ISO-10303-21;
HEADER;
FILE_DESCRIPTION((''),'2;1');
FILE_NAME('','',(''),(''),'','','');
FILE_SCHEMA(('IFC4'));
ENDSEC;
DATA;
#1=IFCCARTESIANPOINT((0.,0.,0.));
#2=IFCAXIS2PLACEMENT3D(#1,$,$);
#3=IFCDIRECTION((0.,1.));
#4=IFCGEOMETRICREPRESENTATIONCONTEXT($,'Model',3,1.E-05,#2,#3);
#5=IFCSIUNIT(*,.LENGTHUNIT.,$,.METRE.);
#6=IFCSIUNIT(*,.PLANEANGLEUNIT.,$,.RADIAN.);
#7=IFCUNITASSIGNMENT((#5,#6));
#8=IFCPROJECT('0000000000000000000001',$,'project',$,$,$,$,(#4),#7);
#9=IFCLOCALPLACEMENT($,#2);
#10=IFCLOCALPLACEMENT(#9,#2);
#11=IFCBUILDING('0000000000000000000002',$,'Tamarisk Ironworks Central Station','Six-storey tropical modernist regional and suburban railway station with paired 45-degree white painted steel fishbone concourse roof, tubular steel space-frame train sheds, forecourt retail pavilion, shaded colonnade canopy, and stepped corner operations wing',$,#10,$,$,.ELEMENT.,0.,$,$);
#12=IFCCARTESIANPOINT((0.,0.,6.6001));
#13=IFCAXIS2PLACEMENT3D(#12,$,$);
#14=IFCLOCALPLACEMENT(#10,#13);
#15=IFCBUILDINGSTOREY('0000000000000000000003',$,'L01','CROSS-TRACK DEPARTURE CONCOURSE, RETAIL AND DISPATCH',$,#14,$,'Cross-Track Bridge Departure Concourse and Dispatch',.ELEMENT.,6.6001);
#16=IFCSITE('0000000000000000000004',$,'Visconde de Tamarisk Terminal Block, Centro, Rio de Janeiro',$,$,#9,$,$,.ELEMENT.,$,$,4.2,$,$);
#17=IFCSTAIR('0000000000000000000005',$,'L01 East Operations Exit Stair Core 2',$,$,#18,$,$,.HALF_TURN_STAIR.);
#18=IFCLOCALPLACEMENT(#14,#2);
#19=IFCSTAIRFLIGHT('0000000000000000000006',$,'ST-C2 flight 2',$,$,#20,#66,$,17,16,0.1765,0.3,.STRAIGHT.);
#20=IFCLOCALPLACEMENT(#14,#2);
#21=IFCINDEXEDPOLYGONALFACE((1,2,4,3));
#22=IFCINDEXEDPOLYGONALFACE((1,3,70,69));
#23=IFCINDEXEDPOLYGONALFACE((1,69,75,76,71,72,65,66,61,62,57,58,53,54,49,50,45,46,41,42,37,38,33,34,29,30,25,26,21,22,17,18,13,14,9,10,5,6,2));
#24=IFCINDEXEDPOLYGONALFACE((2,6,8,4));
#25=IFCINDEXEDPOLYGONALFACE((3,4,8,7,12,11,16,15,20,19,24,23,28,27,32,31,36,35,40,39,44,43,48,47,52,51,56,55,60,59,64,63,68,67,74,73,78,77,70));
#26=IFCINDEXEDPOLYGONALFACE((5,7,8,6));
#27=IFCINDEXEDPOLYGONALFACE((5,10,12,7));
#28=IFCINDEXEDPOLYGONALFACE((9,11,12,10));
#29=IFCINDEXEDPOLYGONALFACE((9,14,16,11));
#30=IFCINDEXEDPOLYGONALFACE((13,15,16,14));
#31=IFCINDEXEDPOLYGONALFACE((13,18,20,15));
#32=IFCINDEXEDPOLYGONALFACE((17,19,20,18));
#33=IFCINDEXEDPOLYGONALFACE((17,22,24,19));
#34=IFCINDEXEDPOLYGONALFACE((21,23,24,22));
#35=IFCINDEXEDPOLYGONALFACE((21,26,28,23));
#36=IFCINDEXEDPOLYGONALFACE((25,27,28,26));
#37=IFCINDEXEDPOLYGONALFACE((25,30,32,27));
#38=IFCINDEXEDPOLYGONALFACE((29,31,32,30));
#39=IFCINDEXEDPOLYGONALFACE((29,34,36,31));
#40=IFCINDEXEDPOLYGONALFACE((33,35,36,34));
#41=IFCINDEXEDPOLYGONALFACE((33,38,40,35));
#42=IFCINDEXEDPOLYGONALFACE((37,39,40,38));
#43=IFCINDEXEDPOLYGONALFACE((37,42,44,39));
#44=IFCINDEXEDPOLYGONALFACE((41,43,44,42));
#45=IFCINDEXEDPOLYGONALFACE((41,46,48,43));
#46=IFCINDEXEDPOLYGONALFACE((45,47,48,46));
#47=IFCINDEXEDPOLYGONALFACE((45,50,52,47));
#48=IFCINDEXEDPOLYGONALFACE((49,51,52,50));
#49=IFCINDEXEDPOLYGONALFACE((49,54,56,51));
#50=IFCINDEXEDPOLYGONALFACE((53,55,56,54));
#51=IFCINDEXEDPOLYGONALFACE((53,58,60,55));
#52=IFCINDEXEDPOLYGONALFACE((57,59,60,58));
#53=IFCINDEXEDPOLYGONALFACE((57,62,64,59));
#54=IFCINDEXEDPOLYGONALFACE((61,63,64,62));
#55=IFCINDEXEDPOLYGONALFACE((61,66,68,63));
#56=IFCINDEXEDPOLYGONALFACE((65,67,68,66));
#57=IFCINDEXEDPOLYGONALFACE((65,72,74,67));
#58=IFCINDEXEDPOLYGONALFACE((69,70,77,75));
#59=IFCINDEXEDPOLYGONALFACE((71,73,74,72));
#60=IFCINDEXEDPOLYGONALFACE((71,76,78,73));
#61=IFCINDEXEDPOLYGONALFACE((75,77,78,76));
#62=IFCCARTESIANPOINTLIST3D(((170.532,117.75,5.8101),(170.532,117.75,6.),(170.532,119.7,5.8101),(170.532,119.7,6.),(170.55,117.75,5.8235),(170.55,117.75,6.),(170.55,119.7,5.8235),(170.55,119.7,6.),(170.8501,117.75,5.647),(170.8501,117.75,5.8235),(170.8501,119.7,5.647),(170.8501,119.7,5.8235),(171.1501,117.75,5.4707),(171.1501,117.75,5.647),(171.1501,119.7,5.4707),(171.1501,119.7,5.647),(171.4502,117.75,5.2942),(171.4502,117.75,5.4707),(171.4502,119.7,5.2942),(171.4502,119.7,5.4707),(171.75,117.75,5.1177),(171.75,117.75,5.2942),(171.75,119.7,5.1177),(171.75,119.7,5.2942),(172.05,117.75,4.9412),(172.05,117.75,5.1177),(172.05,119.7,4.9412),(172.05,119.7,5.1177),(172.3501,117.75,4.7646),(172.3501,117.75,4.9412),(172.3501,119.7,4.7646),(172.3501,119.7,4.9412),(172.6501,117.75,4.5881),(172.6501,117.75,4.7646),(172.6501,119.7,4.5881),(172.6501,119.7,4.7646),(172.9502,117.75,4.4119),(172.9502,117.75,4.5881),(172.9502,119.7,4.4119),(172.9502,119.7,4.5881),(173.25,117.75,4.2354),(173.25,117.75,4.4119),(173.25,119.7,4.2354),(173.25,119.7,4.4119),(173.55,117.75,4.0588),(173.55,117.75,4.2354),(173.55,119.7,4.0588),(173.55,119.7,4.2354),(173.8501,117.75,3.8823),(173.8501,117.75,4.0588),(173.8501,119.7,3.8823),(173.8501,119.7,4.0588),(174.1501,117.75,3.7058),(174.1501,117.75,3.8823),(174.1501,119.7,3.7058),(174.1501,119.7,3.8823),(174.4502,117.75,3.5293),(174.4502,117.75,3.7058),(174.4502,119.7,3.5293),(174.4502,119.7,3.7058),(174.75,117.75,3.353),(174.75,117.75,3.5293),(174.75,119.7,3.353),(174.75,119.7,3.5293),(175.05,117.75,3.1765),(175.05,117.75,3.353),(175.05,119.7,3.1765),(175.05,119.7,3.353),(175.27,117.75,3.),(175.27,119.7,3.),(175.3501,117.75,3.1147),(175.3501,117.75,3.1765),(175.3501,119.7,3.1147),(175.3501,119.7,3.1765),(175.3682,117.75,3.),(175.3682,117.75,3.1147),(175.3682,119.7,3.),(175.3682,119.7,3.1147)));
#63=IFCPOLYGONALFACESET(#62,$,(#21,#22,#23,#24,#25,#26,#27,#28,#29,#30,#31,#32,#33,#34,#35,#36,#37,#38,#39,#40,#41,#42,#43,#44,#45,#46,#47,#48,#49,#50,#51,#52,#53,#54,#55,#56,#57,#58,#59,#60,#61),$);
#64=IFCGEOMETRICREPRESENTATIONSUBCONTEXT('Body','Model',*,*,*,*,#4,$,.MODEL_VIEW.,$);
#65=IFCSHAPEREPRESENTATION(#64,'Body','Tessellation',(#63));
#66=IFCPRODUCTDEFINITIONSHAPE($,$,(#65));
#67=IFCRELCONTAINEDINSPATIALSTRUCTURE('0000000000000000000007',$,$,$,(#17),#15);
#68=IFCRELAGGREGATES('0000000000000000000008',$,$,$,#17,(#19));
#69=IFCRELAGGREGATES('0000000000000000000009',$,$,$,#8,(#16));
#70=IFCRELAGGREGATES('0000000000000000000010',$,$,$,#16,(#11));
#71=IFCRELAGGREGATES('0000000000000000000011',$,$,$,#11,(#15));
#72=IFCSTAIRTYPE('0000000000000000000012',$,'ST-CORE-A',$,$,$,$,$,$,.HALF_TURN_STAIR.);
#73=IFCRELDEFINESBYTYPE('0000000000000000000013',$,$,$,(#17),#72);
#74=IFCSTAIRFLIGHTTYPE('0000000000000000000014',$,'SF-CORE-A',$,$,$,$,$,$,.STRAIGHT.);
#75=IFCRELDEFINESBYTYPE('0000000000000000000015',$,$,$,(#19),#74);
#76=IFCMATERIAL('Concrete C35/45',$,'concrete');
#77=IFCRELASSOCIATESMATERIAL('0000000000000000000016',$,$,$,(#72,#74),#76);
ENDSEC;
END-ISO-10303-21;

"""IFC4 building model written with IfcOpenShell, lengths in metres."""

from ifc_helpers import new_model, si_unit, direction, frame, origin, place, context, subcontext, project, spatial, polyline, outline, extrude, material, type_object, element, aggregate, save


model = new_model("IFC4")

# Units and contexts
model_context = context("Model", 3, precision=1e-05, world=origin(), true_north=direction((0.0, 1.0)))
body_context = subcontext(model_context, "Body", "Model", "MODEL_VIEW")
ifc_project = project(units=[si_unit("LENGTHUNIT", "METRE"), si_unit("PLANEANGLEUNIT", "RADIAN")], contexts=[model_context])

# Site, building, storey
site_placement = place(None, origin())
site = spatial("IfcSite", under=ifc_project, at=site_placement, Name="Visconde de Tamarisk Terminal Block, Centro, Rio de Janeiro", CompositionType="ELEMENT", RefElevation=4.2)
building_placement = place(site_placement, origin())
building = spatial("IfcBuilding", under=site, at=building_placement, Name="Tamarisk Ironworks Central Station", Description="Six-storey tropical modernist regional and suburban railway station with paired 45-degree white painted steel fishbone concourse roof, tubular steel space-frame train sheds, forecourt retail pavilion, shaded colonnade canopy, and stepped corner operations wing", CompositionType="ELEMENT", ElevationOfRefHeight=0.0)
storey_placement = place(building_placement, frame((0.0, 0.0, 6.6001)))
storey = spatial("IfcBuildingStorey", under=building, at=storey_placement, Name="L01", Description="CROSS-TRACK DEPARTURE CONCOURSE, RETAIL AND DISPATCH", LongName="Cross-Track Bridge Departure Concourse and Dispatch", CompositionType="ELEMENT", Elevation=6.6001)

# Stair, stair flight
ifc_material_1 = material(Name="Concrete C35/45", Category="concrete")
stair_type = type_object("IfcStairType", Name="ST-CORE-A", PredefinedType="HALF_TURN_STAIR", material=ifc_material_1)
stair_placement = place(storey_placement, origin())
stair = element("IfcStair", 1, at=stair_placement, inside=storey, type_object=stair_type, Name="L01 East Operations Exit Stair Core 2", PredefinedType="HALF_TURN_STAIR")
stair_flight_type = type_object("IfcStairFlightType", Name="SF-CORE-A", PredefinedType="STRAIGHT", material=ifc_material_1)
stair_flight_1_placement = place(storey_placement, frame((175.3501, 118.7251, 3.0), z_axis=(0.0, 0.0, 1.0), x_axis=(-1.0, 0.0, 0.0)))
stair_flight_1 = element("IfcStairFlight", 2, at=stair_flight_1_placement, type_object=stair_flight_type, Name="ST-C2 flight 2", NumberOfRisers=17, NumberOfTreads=16, PredefinedType="STRAIGHT", RiserHeight=0.1765, TreadLength=0.3, context=body_context, shape_type="SweptSolid", body=[
    extrude(outline(polyline([(-0.0181, 0.0), (-0.0181, 0.1147), (0.0, 0.1147), (0.0, 0.1765), (0.3, 0.1765), (0.3, 0.353), (0.6001, 0.353), (0.6001, 0.5293), (0.8999, 0.5293), (0.8999, 0.7058), (1.2, 0.7058), (1.2, 0.8823), (1.5, 0.8823), (1.5, 1.0588), (1.8, 1.0588), (1.8, 1.2354), (2.1001, 1.2354), (2.1001, 1.4119), (2.3999, 1.4119), (2.3999, 1.5881), (2.7, 1.5881), (2.7, 1.7646), (3.0, 1.7646), (3.0, 1.9412), (3.3, 1.9412), (3.3, 2.1177), (3.6001, 2.1177), (3.6001, 2.2942), (3.8999, 2.2942), (3.8999, 2.4707), (4.2, 2.4707), (4.2, 2.647), (4.5, 2.647), (4.5, 2.8235), (4.8, 2.8235), (4.8, 3.0), (4.8181, 3.0), (4.8181, 2.8101), (0.0801, 0.0), (-0.0181, 0.0)])), frame((0.0, 0.9751, 0.0), z_axis=(0.0, -1.0, 0.0), x_axis=(1.0, 0.0, 0.0)), (0.0, 0.0, 1.0), 1.95),
])
aggregate(stair, [stair_flight_1])

save(model, "model.ifc")
